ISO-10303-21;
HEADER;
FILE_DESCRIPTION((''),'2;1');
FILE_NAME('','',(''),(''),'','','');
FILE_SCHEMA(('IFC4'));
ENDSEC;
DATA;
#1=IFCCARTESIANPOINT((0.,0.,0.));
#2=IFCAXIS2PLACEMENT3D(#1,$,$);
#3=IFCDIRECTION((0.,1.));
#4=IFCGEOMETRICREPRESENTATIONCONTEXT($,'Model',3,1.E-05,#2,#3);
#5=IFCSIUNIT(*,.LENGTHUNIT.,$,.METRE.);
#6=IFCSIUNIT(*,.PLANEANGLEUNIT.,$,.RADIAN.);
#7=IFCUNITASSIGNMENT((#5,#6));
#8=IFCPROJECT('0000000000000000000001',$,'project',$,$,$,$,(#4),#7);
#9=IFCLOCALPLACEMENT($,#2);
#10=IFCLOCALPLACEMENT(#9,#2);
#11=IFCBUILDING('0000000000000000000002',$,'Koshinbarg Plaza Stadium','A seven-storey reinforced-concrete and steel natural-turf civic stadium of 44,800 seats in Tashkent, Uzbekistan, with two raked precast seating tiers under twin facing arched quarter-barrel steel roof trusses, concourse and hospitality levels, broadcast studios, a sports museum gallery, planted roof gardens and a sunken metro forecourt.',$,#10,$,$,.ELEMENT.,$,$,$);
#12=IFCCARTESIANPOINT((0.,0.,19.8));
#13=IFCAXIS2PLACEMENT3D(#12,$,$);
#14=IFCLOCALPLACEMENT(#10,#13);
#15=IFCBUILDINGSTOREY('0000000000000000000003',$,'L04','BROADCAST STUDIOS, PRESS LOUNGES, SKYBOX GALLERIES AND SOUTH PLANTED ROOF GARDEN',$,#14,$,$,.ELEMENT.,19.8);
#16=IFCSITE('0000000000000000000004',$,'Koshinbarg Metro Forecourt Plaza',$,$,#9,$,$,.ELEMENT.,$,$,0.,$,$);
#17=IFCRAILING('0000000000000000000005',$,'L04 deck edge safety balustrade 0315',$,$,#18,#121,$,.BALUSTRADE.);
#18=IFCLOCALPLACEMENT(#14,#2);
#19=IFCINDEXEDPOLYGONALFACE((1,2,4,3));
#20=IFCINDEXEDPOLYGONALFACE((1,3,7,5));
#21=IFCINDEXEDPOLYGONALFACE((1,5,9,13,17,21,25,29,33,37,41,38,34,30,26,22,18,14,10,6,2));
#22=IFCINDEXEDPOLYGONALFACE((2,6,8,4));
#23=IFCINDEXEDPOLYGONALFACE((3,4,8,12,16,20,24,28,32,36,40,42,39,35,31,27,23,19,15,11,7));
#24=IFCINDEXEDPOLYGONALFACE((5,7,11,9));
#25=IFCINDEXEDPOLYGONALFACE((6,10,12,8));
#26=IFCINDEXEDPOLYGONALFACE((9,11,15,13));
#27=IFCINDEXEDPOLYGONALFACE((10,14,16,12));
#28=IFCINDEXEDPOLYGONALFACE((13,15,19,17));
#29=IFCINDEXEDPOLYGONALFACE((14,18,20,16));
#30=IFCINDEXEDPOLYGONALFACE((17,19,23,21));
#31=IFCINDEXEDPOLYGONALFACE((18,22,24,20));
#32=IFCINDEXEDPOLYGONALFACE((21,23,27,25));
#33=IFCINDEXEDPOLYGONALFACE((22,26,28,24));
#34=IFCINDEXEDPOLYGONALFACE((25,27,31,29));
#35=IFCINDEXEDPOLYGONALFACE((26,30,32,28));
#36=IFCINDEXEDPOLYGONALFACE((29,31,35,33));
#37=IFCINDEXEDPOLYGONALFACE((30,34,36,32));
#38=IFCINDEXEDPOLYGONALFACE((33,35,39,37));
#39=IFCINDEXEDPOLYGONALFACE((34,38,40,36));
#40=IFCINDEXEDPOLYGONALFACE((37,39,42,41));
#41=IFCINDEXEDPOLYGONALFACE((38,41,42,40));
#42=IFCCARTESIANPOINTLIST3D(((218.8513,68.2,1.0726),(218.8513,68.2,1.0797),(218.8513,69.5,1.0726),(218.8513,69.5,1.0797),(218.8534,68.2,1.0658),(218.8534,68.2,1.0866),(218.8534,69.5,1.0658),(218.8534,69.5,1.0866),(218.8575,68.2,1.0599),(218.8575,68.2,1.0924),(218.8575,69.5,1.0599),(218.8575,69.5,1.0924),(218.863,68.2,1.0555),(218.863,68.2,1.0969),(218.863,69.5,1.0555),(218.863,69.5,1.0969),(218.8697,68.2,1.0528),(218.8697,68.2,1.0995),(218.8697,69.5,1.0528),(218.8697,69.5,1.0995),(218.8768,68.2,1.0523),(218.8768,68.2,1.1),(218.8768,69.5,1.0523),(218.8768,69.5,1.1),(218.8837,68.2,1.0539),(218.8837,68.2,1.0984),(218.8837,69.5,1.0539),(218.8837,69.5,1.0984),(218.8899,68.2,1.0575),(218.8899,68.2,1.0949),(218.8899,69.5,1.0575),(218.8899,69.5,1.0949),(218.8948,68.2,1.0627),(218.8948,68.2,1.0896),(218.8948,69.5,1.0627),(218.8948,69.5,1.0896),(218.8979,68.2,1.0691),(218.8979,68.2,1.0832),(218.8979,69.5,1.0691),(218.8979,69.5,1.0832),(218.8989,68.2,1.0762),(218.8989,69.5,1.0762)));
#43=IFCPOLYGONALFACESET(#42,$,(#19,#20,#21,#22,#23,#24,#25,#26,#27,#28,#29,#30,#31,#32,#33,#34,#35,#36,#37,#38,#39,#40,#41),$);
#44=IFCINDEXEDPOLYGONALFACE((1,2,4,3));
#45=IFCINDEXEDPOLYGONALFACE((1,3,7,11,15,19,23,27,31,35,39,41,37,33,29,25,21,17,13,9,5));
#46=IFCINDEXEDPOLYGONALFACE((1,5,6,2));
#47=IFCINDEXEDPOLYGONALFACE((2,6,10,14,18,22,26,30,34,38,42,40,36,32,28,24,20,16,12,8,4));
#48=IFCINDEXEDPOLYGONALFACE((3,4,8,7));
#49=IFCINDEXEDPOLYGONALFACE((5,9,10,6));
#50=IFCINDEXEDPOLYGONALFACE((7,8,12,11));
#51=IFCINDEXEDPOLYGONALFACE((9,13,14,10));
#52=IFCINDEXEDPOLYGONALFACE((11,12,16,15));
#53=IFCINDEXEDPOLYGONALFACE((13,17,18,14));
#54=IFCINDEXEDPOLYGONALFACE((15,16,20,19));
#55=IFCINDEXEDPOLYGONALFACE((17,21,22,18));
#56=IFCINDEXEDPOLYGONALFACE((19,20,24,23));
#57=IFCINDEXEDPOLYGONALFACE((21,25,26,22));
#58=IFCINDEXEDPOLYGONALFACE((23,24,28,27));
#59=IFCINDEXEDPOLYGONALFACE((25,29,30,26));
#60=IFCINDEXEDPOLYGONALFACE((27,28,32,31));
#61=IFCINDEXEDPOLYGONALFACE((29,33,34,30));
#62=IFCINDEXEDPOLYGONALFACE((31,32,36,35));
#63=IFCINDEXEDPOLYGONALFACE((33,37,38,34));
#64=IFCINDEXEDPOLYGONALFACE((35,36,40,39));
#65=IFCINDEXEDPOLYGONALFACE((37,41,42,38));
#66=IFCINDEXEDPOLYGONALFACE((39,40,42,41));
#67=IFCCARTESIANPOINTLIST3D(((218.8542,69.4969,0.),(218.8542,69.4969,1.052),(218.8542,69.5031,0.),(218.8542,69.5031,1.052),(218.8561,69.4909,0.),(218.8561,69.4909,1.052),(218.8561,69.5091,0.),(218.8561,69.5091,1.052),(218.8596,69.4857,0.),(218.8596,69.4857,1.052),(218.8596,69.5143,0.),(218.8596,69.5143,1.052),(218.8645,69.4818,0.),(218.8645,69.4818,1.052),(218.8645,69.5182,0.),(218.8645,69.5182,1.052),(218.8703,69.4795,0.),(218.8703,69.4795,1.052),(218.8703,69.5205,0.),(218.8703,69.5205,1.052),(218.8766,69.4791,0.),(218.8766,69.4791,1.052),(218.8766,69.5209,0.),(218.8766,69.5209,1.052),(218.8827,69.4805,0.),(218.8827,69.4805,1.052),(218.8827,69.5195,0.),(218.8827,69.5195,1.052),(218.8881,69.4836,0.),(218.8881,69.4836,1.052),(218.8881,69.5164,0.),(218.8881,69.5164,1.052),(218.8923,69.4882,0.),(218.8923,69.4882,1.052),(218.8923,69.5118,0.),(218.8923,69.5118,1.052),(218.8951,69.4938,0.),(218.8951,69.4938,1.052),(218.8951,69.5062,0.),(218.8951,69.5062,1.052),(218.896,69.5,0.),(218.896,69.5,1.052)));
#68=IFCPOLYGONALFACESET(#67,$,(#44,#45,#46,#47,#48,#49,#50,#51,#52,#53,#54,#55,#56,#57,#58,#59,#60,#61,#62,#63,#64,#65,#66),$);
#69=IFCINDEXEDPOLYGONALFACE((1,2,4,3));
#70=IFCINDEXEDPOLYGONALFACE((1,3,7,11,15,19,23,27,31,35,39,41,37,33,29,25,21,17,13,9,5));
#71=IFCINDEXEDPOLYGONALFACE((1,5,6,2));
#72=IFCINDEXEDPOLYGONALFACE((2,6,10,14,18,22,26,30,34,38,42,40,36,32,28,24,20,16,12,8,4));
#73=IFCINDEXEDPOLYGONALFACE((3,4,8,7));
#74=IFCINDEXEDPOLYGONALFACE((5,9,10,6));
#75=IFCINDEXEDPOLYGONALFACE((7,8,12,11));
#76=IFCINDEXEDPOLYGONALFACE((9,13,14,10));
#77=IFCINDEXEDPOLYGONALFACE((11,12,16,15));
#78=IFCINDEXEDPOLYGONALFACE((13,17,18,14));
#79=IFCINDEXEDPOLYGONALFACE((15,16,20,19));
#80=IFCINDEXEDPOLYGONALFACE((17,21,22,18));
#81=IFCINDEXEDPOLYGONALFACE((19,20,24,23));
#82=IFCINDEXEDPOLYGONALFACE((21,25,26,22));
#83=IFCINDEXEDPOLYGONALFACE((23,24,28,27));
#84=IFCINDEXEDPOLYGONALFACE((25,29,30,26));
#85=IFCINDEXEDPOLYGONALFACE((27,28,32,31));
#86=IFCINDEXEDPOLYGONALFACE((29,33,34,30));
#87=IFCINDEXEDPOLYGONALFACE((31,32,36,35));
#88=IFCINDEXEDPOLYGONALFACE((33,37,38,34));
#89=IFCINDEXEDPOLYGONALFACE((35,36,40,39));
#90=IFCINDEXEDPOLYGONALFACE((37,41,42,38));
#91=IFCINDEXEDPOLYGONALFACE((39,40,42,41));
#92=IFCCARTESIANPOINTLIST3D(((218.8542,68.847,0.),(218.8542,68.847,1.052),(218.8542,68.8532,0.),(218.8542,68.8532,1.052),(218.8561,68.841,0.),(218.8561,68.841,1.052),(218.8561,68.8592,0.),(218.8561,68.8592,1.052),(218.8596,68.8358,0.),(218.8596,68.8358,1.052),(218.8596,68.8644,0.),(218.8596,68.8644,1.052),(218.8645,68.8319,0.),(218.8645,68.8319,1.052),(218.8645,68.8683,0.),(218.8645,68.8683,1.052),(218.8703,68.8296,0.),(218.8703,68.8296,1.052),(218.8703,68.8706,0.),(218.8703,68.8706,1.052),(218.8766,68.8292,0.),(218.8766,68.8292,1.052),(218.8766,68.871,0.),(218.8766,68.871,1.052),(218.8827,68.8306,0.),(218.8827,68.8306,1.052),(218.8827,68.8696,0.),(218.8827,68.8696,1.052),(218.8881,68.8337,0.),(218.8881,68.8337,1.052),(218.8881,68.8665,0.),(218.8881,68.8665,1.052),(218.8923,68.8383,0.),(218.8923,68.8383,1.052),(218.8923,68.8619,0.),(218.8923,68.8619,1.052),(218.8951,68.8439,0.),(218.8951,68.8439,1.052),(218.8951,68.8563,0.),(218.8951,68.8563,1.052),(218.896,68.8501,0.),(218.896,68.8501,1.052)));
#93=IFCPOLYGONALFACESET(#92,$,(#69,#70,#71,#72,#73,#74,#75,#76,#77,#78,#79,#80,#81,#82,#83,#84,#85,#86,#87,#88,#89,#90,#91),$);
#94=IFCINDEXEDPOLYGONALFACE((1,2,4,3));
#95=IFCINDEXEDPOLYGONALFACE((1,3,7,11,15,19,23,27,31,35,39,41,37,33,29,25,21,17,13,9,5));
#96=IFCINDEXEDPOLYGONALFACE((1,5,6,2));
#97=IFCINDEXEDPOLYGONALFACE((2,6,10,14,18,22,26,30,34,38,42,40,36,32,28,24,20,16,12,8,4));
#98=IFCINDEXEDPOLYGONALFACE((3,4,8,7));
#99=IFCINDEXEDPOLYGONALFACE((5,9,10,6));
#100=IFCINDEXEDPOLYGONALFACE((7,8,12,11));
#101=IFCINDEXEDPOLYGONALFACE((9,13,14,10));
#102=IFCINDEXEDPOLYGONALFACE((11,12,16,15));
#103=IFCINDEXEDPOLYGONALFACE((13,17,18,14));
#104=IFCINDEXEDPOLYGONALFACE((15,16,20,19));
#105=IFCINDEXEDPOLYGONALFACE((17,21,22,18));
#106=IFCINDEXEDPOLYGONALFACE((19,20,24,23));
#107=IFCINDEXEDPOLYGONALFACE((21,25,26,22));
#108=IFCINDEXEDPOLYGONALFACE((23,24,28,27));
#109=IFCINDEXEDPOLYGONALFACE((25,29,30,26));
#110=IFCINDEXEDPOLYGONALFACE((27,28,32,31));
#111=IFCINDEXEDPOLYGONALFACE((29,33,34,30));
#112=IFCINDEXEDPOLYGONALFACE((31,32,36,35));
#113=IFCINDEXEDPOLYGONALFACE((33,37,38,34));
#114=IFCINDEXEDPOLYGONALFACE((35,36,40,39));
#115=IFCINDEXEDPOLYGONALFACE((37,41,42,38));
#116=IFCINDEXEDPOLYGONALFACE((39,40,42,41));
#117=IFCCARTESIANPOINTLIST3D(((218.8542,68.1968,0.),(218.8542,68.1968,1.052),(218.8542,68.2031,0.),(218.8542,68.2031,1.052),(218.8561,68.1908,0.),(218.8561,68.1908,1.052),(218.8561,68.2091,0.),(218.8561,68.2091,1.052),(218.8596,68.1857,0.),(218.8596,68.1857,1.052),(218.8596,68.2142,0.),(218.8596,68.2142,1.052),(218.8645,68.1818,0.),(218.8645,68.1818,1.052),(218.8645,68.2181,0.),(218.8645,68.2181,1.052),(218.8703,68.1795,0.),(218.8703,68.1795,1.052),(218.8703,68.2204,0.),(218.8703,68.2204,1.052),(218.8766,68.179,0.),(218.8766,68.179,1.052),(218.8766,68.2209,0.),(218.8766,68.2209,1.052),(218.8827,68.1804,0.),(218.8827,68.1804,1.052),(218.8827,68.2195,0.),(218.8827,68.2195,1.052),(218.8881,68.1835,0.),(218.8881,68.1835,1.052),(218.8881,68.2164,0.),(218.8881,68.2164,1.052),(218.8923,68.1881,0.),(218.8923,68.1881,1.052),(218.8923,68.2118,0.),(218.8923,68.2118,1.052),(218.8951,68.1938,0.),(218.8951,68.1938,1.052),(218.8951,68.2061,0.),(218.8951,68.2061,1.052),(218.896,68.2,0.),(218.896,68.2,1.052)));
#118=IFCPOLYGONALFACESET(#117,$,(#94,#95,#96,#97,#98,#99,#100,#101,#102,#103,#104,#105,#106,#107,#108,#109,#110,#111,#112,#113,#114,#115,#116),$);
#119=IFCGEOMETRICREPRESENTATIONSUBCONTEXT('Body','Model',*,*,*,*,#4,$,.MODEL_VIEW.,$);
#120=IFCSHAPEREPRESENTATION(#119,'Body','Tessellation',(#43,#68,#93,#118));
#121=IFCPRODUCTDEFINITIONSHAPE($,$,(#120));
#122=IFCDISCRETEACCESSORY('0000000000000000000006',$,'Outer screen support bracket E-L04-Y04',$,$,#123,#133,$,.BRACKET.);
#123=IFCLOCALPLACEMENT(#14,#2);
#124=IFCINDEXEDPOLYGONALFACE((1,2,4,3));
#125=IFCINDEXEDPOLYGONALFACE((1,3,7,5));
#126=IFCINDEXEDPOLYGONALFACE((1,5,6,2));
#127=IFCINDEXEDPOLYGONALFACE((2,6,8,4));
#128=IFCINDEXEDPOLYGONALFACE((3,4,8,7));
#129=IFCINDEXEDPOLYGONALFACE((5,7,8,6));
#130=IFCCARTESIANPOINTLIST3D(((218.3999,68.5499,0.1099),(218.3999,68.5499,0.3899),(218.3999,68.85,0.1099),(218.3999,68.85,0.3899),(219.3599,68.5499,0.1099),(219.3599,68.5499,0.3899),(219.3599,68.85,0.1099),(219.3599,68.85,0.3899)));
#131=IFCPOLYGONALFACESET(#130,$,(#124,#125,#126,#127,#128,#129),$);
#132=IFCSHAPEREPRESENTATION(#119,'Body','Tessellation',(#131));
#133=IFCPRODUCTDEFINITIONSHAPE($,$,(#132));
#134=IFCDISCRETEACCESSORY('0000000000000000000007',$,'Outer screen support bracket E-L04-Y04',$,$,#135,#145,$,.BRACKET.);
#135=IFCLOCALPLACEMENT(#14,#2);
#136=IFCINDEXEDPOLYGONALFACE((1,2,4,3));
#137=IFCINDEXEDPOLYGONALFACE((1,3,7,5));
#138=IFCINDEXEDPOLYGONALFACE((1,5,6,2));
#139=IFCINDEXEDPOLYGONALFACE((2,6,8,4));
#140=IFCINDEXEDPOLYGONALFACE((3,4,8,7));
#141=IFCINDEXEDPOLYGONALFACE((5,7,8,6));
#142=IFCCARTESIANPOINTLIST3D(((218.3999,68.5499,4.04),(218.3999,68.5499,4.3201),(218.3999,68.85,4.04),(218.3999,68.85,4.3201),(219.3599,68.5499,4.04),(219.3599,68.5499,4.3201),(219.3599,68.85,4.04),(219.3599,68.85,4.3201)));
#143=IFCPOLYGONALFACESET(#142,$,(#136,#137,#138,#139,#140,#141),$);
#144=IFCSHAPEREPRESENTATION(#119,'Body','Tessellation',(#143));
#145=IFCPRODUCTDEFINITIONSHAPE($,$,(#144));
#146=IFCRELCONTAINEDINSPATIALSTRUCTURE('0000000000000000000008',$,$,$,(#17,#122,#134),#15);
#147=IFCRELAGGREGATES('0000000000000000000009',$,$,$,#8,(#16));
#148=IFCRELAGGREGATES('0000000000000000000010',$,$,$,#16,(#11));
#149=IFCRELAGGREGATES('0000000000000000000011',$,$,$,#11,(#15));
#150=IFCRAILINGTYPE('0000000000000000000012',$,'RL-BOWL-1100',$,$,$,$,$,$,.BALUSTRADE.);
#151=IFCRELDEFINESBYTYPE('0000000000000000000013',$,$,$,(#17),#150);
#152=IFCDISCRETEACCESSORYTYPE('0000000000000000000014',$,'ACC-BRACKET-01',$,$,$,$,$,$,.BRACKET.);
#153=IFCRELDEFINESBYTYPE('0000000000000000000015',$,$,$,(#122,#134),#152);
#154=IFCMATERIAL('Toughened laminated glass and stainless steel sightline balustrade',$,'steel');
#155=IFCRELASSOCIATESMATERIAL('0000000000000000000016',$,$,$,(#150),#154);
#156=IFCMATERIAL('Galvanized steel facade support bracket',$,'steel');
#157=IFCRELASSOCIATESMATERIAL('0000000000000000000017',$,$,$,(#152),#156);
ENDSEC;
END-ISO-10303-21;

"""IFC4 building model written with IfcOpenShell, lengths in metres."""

from ifc_helpers import new_model, si_unit, direction, frame, origin, origin_2d, place, context, subcontext, project, spatial, rectangle, circle, extrude, material, type_object, element, save


model = new_model("IFC4")

# Units and contexts
model_context = context("Model", 3, precision=1e-05, world=origin(), true_north=direction((0.0, 1.0)))
body_context = subcontext(model_context, "Body", "Model", "MODEL_VIEW")
ifc_project = project(units=[si_unit("LENGTHUNIT", "METRE"), si_unit("PLANEANGLEUNIT", "RADIAN")], contexts=[model_context])

# Site, building, storey
site_placement = place(None, origin())
site = spatial("IfcSite", under=ifc_project, at=site_placement, Name="Koshinbarg Metro Forecourt Plaza", CompositionType="ELEMENT", RefElevation=0.0)
building_placement = place(site_placement, origin())
building = spatial("IfcBuilding", under=site, at=building_placement, Name="Koshinbarg Plaza Stadium", Description="A seven-storey reinforced-concrete and steel natural-turf civic stadium of 44,800 seats in Tashkent, Uzbekistan, with two raked precast seating tiers under twin facing arched quarter-barrel steel roof trusses, concourse and hospitality levels, broadcast studios, a sports museum gallery, planted roof gardens and a sunken metro forecourt.", CompositionType="ELEMENT")
storey_placement = place(building_placement, frame((0.0, 0.0, 19.8)))
storey = spatial("IfcBuildingStorey", under=building, at=storey_placement, Name="L04", Description="BROADCAST STUDIOS, PRESS LOUNGES, SKYBOX GALLERIES AND SOUTH PLANTED ROOF GARDEN", CompositionType="ELEMENT", Elevation=19.8)

# Railing
ifc_material_1 = material(Name="Toughened laminated glass and stainless steel sightline balustrade", Category="steel")
railing_type = type_object("IfcRailingType", Name="RL-BOWL-1100", PredefinedType="BALUSTRADE", material=ifc_material_1)
railing_1_placement = place(storey_placement, frame((218.875, 69.5, 0.0)))
element("IfcRailing", 1, at=railing_1_placement, inside=storey, type_object=railing_type, Name="L04 deck edge safety balustrade 0315", PredefinedType="BALUSTRADE", context=body_context, shape_type="SweptSolid", body=[
    extrude(circle(Radius=0.0239, at=origin_2d()), frame((0.0, 0.0, 1.0762), z_axis=(0.0, -1.0, 0.0), x_axis=(1.0, 0.0, 0.0)), (0.0, 0.0, 1.0), 1.3),
    extrude(circle(Radius=0.021, at=origin_2d()), origin(), (0.0, 0.0, 1.0), 1.052),
    extrude(circle(Radius=0.021, at=origin_2d()), frame((0.0, -0.6499, 0.0)), (0.0, 0.0, 1.0), 1.052),
    extrude(circle(Radius=0.021, at=origin_2d()), frame((0.0, -1.3, 0.0)), (0.0, 0.0, 1.0), 1.052),
])

# Discrete accessories
ifc_material_2 = material(Name="Galvanized steel facade support bracket", Category="steel")
discrete_accessory_type = type_object("IfcDiscreteAccessoryType", Name="ACC-BRACKET-01", PredefinedType="BRACKET", material=ifc_material_2)
for number, where, z_axis, x_axis, name in (
    (2, (218.8799, 68.7, 0.1099), (0.0, 0.0, 1.0), (1.0, 0.0, 0.0), "Outer screen support bracket E-L04-Y04"),
    (3, (218.8799, 68.7, 4.04), (0.0, 0.0, 1.0), (1.0, 0.0, 0.0), "Outer screen support bracket E-L04-Y04"),
):
    element("IfcDiscreteAccessory", number, at=place(storey_placement, frame(where, z_axis=z_axis, x_axis=x_axis)), inside=storey, type_object=discrete_accessory_type, Name=name, PredefinedType="BRACKET", context=body_context, shape_type="SweptSolid", body=[
        extrude(rectangle(XDim=0.96, YDim=0.3, at=origin_2d()), origin(), (0.0, 0.0, 1.0), 0.28),
    ])

save(model, "model.ifc")
